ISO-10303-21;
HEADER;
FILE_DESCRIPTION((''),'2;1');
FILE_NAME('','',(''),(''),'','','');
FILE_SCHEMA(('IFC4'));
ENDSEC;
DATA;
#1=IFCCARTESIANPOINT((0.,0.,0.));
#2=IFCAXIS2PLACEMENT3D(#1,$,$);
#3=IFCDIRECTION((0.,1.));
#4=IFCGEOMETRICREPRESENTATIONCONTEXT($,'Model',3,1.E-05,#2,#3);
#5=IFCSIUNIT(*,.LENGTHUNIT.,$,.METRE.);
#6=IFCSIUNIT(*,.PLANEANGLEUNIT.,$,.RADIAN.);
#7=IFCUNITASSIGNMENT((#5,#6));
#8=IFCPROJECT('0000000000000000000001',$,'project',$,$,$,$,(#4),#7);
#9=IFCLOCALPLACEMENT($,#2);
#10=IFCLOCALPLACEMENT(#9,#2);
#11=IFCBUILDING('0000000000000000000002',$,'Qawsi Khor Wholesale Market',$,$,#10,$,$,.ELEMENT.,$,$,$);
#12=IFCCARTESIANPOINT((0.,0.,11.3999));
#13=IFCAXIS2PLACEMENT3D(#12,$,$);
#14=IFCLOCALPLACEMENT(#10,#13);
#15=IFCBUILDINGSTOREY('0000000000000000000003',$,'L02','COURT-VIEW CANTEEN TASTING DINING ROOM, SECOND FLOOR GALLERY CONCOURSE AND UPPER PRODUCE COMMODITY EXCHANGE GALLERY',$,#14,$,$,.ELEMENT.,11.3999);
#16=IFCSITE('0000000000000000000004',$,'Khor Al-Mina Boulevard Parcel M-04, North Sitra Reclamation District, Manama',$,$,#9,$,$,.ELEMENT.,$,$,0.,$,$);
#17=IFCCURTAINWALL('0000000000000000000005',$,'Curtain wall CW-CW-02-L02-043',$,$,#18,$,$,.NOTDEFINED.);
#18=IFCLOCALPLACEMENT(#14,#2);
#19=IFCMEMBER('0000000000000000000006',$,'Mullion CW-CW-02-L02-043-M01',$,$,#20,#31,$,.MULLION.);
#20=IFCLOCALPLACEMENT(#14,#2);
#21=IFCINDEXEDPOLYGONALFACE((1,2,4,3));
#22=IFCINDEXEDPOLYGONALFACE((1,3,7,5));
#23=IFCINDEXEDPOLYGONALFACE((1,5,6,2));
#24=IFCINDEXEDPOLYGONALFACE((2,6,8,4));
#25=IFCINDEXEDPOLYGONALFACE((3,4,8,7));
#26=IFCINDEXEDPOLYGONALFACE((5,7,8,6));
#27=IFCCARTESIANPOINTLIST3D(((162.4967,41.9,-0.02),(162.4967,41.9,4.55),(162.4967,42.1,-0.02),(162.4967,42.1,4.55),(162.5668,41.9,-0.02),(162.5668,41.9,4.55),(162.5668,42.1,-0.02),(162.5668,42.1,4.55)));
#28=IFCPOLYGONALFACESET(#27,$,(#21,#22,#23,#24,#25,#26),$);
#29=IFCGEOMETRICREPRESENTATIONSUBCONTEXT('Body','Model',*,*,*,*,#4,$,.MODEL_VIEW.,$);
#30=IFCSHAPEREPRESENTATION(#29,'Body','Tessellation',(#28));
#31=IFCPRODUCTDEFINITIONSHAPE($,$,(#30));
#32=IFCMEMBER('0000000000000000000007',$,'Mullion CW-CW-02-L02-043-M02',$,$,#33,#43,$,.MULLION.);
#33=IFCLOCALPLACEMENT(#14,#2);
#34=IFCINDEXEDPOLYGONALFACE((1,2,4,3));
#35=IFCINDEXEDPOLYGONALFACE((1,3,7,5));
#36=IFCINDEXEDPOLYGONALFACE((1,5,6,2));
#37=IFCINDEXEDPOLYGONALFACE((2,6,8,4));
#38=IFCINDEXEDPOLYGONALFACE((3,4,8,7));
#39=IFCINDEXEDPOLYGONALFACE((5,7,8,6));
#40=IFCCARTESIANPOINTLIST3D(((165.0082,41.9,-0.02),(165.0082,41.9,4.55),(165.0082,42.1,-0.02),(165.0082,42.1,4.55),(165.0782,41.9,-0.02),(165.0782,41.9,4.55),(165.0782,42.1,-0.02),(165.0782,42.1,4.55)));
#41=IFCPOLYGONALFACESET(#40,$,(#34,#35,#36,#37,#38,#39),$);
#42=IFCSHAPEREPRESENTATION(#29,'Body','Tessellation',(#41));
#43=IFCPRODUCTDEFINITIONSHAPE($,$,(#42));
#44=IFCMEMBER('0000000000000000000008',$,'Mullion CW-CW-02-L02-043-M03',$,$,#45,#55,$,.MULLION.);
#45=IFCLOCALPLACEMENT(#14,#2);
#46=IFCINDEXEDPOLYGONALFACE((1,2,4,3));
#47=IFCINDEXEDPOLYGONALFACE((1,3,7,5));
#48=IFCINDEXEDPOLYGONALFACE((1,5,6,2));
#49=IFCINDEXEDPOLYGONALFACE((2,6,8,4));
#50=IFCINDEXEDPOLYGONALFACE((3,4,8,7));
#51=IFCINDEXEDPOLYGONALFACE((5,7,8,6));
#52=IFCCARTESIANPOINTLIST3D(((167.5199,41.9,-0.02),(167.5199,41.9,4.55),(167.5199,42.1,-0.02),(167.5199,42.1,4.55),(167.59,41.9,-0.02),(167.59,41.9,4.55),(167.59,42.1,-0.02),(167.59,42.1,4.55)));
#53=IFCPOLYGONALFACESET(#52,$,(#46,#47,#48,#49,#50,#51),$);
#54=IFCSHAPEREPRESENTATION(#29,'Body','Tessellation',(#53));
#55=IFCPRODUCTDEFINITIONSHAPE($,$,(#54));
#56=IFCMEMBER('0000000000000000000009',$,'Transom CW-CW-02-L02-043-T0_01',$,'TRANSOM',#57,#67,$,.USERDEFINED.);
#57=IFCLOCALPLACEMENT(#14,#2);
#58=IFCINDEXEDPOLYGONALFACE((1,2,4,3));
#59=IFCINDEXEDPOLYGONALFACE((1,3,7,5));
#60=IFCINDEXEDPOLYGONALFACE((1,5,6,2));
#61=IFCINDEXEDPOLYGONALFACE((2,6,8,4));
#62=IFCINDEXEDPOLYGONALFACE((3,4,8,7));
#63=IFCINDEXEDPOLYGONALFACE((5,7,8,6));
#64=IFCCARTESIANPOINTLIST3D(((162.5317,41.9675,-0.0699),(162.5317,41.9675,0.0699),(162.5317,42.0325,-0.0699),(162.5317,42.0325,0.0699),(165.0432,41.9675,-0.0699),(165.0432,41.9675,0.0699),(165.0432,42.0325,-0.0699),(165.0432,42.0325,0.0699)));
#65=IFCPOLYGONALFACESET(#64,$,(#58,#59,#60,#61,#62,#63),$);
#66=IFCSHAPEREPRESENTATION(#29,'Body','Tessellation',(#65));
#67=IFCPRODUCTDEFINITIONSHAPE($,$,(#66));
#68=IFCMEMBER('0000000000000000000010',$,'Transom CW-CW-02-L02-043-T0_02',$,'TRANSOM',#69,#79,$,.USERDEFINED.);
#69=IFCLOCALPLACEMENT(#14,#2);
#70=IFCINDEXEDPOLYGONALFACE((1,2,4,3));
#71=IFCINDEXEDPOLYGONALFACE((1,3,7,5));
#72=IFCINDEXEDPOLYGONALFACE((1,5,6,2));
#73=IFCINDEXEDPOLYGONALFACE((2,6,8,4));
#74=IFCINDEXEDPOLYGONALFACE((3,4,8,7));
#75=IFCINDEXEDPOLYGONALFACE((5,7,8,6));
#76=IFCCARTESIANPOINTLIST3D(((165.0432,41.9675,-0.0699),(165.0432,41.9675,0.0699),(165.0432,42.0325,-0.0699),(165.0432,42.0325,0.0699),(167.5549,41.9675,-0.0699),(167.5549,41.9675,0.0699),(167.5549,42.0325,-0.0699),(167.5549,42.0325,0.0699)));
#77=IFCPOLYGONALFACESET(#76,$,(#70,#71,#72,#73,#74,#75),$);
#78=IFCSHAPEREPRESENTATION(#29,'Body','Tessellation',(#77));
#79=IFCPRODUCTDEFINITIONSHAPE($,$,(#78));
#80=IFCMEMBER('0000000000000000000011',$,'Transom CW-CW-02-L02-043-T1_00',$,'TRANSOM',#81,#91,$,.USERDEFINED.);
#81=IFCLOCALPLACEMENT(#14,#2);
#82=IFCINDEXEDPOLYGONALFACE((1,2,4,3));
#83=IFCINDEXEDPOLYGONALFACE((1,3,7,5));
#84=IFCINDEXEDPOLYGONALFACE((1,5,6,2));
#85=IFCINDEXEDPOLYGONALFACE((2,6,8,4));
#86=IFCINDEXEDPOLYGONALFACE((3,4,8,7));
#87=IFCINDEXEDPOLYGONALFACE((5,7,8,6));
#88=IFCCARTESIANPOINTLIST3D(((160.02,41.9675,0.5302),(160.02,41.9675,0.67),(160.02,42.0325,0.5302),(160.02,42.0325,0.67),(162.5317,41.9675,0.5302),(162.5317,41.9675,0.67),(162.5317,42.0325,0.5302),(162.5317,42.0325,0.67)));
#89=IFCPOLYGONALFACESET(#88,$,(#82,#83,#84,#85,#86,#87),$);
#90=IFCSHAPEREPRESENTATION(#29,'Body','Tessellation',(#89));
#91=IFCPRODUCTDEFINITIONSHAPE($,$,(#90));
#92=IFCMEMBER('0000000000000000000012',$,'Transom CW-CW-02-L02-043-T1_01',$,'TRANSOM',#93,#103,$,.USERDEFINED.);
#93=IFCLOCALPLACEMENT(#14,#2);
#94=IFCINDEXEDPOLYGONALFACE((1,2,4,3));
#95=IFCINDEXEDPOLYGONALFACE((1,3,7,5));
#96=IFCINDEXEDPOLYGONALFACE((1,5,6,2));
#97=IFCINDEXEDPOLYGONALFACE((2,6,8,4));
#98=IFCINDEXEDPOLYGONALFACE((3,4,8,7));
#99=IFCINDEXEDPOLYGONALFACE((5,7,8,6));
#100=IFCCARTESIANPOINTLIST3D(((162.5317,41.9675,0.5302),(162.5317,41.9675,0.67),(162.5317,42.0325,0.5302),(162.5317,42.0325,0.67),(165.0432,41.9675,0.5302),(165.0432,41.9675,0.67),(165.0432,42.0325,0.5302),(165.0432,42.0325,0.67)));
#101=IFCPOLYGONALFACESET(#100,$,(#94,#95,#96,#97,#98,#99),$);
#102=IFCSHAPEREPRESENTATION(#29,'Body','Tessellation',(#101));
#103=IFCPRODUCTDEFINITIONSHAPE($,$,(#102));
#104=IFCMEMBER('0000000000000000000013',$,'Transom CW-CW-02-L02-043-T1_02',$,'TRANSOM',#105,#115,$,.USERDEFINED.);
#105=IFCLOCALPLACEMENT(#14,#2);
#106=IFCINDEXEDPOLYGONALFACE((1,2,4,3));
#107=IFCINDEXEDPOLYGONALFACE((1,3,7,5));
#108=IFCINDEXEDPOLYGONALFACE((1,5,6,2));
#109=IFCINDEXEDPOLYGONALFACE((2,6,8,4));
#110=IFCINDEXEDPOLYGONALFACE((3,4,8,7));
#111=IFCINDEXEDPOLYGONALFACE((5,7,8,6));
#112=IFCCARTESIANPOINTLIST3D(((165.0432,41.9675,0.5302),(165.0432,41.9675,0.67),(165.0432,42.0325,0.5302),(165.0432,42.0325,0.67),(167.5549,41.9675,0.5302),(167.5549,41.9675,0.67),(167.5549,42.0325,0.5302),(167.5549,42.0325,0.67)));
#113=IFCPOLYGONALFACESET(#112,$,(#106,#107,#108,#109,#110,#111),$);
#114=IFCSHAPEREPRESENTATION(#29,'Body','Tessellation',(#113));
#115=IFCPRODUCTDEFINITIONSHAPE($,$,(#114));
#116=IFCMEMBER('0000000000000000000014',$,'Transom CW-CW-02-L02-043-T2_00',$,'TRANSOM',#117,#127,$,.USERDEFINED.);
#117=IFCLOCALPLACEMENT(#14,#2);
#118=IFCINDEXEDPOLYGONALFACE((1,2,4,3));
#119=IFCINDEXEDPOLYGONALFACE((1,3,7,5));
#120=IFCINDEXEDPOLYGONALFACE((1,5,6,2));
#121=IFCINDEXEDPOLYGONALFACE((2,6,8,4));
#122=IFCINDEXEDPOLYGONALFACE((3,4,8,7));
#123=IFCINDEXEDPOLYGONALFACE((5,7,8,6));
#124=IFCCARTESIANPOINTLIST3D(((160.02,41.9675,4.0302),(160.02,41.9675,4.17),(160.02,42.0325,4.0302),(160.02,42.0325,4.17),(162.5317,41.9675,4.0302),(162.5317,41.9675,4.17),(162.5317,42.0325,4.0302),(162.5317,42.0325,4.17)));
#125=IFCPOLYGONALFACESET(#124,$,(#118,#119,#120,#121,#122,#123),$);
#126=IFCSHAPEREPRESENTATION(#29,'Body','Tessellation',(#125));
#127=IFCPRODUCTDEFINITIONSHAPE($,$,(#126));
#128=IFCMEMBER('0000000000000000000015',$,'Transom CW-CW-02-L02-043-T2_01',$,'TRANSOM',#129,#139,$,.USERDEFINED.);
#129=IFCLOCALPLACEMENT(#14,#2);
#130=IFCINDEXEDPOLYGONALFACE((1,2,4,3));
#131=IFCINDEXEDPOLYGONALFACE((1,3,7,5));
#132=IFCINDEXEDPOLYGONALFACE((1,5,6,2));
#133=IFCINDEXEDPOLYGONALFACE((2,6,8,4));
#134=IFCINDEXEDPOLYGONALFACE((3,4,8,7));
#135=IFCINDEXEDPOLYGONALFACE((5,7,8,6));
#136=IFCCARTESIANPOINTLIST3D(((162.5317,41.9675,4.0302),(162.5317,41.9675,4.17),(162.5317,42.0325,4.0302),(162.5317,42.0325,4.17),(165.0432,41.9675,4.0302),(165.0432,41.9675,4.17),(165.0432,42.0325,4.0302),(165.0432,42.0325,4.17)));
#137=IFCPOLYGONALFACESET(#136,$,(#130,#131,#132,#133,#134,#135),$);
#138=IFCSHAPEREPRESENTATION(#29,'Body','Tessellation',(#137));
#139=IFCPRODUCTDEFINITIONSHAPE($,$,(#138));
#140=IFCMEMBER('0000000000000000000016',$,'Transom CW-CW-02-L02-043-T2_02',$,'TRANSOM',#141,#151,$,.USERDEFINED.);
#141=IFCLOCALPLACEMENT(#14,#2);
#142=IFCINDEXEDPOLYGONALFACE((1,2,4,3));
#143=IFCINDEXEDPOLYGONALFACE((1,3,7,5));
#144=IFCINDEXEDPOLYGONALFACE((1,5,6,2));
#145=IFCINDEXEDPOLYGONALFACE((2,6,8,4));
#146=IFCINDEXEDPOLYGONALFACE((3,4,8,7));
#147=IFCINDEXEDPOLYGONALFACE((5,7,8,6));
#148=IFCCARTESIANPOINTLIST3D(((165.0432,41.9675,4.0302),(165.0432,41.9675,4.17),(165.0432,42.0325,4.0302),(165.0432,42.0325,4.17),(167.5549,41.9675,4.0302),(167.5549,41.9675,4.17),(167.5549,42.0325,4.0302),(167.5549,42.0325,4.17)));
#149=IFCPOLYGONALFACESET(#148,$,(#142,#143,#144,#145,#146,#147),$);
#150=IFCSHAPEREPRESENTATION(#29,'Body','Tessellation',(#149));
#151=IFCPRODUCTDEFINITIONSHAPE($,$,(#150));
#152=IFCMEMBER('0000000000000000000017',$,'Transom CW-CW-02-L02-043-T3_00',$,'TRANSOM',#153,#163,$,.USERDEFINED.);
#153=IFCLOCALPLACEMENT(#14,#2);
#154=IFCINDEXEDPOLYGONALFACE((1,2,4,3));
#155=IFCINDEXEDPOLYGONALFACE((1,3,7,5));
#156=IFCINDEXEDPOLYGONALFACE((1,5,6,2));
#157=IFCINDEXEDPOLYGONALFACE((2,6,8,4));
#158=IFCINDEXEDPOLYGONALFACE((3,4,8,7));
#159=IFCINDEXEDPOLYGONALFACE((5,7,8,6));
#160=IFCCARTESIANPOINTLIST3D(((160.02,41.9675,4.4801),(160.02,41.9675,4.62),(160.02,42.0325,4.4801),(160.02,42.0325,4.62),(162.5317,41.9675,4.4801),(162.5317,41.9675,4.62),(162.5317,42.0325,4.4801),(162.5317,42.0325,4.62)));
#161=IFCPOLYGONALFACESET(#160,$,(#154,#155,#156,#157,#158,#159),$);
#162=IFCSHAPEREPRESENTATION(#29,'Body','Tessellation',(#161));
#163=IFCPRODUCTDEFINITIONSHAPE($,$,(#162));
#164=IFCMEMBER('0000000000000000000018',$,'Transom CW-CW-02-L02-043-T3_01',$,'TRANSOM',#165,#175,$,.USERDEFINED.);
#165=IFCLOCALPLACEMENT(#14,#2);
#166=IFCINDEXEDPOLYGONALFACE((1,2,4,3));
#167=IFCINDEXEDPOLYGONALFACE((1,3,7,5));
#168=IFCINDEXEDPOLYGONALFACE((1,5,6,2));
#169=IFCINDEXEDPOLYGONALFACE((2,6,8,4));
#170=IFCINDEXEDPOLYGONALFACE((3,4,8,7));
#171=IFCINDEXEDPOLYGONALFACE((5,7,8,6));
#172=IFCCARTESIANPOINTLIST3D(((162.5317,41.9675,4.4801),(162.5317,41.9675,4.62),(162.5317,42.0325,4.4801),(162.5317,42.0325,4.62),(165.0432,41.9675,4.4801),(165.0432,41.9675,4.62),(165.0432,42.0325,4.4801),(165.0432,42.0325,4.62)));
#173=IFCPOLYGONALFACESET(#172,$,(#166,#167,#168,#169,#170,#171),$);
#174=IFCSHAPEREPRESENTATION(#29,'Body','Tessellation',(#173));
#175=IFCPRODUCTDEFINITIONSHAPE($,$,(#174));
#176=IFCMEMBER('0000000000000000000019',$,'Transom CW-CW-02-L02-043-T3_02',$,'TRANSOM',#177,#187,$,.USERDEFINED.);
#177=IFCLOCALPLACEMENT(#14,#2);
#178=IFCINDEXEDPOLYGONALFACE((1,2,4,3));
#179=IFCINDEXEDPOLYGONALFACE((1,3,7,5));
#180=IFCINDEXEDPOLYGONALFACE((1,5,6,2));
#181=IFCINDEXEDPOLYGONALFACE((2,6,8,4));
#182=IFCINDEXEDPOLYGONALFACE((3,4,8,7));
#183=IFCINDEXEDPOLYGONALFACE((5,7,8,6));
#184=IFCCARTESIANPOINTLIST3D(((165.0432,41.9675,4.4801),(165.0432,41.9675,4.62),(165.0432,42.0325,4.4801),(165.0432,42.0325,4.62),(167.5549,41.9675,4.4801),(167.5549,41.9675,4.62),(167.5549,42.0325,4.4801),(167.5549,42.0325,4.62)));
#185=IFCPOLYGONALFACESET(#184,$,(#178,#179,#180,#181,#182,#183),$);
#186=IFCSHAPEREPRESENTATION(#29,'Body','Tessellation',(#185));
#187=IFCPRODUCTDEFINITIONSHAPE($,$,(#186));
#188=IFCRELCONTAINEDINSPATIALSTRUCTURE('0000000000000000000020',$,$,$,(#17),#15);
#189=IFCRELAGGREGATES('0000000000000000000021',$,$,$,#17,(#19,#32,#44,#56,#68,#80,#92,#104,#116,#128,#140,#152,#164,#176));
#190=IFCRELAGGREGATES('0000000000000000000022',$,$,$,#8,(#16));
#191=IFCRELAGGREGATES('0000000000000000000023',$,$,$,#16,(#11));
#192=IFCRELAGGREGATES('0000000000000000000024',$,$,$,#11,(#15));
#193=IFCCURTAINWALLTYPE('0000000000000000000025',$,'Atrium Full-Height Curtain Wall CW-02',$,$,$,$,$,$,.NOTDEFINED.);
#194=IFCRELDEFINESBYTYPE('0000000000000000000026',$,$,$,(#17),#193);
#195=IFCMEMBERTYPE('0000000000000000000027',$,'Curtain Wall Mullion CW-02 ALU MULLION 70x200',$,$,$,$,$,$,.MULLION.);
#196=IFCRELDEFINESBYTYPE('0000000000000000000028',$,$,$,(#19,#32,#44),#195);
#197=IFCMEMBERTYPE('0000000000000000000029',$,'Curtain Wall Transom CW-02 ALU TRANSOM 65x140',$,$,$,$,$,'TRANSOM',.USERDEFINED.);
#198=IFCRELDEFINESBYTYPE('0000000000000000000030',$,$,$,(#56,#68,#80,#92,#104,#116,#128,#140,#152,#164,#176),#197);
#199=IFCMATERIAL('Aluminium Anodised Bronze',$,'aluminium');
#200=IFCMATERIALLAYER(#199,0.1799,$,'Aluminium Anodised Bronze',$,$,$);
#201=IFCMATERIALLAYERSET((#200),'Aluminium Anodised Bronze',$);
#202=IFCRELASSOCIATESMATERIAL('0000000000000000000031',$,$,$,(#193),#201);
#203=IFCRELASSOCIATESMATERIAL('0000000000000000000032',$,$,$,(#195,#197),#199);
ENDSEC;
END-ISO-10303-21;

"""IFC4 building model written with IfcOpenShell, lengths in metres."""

from ifc_helpers import new_model, si_unit, direction, frame, origin, origin_2d, place, context, subcontext, project, spatial, rectangle, extrude, material, layer, layer_set, material_profile, profile_set, type_object, element, aggregate, save


model = new_model("IFC4")

# Units and contexts
model_context = context("Model", 3, precision=1e-05, world=origin(), true_north=direction((0.0, 1.0)))
body_context = subcontext(model_context, "Body", "Model", "MODEL_VIEW")
ifc_project = project(units=[si_unit("LENGTHUNIT", "METRE"), si_unit("PLANEANGLEUNIT", "RADIAN")], contexts=[model_context])

# Site, building, storey
site_placement = place(None, origin())
site = spatial("IfcSite", under=ifc_project, at=site_placement, Name="Khor Al-Mina Boulevard Parcel M-04, North Sitra Reclamation District, Manama", CompositionType="ELEMENT", RefElevation=0.0)
building_placement = place(site_placement, origin())
building = spatial("IfcBuilding", under=site, at=building_placement, Name="Qawsi Khor Wholesale Market", CompositionType="ELEMENT")
storey_placement = place(building_placement, frame((0.0, 0.0, 11.3999)))
storey = spatial("IfcBuildingStorey", under=building, at=storey_placement, Name="L02", Description="COURT-VIEW CANTEEN TASTING DINING ROOM, SECOND FLOOR GALLERY CONCOURSE AND UPPER PRODUCE COMMODITY EXCHANGE GALLERY", CompositionType="ELEMENT", Elevation=11.3999)

# Curtain wall, members
ifc_material_1 = material(Name="Aluminium Anodised Bronze", Category="aluminium")
ifc_layer_1 = layer(ifc_material_1, 0.1799, Name="Aluminium Anodised Bronze")
ifc_layer_set_1 = layer_set([ifc_layer_1], Name="Aluminium Anodised Bronze")
curtain_wall_type = type_object("IfcCurtainWallType", Name="Atrium Full-Height Curtain Wall CW-02", PredefinedType="NOTDEFINED", material=ifc_layer_set_1)
curtain_wall_placement = place(storey_placement, origin())
curtain_wall = element("IfcCurtainWall", 1, at=curtain_wall_placement, inside=storey, type_object=curtain_wall_type, Name="Curtain wall CW-CW-02-L02-043", PredefinedType="NOTDEFINED")
ifc_material_profile_1 = material_profile(ifc_material_1, rectangle(XDim=0.0701, YDim=0.2, at=origin_2d()), Name="ALU MULLION 70x200")
ifc_profile_set_1 = profile_set([ifc_material_profile_1], Name="Aluminium Anodised Bronze")
member_type_1 = type_object("IfcMemberType", Name="Curtain Wall Mullion CW-02 ALU MULLION 70x200", PredefinedType="MULLION", material=ifc_profile_set_1)
member_1_placement = place(storey_placement, frame((162.5317, 42.0, -0.02), z_axis=(0.0, 0.0, 1.0), x_axis=(1.0, 0.0, 0.0)))
member_1 = element("IfcMember", 2, at=member_1_placement, type_object=member_type_1, Name="Mullion CW-CW-02-L02-043-M01", PredefinedType="MULLION", context=body_context, shape_type="SweptSolid", body=[
    extrude(rectangle(XDim=0.0701, YDim=0.2, at=origin_2d()), origin(), (0.0, 0.0, 1.0), 4.5701),
])
member_2_placement = place(storey_placement, frame((165.0432, 42.0, -0.02), z_axis=(0.0, 0.0, 1.0), x_axis=(1.0, 0.0, 0.0)))
member_2 = element("IfcMember", 3, at=member_2_placement, type_object=member_type_1, Name="Mullion CW-CW-02-L02-043-M02", PredefinedType="MULLION", context=body_context, shape_type="SweptSolid", body=[
    extrude(rectangle(XDim=0.0701, YDim=0.2, at=origin_2d()), origin(), (0.0, 0.0, 1.0), 4.5701),
])
member_3_placement = place(storey_placement, frame((167.5549, 42.0, -0.02), z_axis=(0.0, 0.0, 1.0), x_axis=(1.0, 0.0, 0.0)))
member_3 = element("IfcMember", 4, at=member_3_placement, type_object=member_type_1, Name="Mullion CW-CW-02-L02-043-M03", PredefinedType="MULLION", context=body_context, shape_type="SweptSolid", body=[
    extrude(rectangle(XDim=0.0701, YDim=0.2, at=origin_2d()), origin(), (0.0, 0.0, 1.0), 4.5701),
])
ifc_material_profile_2 = material_profile(ifc_material_1, rectangle(XDim=0.0649, YDim=0.1399, at=origin_2d()), Name="ALU TRANSOM 65x140")
ifc_profile_set_2 = profile_set([ifc_material_profile_2], Name="Aluminium Anodised Bronze")
member_type_2 = type_object("IfcMemberType", Name="Curtain Wall Transom CW-02 ALU TRANSOM 65x140", ElementType="TRANSOM", PredefinedType="USERDEFINED", material=ifc_profile_set_2)
member_4_placement = place(storey_placement, frame((162.5317, 42.0, 0.0), z_axis=(1.0, 0.0, 0.0), x_axis=(0.0, 1.0, 0.0)))
member_4 = element("IfcMember", 5, at=member_4_placement, type_object=member_type_2, Name="Transom CW-CW-02-L02-043-T0_01", ObjectType="TRANSOM", PredefinedType="USERDEFINED", context=body_context, shape_type="SweptSolid", body=[
    extrude(rectangle(XDim=0.0649, YDim=0.1399, at=origin_2d()), origin(), (0.0, 0.0, 1.0), 2.5115),
])
member_5_placement = place(storey_placement, frame((165.0432, 42.0, 0.0), z_axis=(1.0, 0.0, 0.0), x_axis=(0.0, 1.0, 0.0)))
member_5 = element("IfcMember", 6, at=member_5_placement, type_object=member_type_2, Name="Transom CW-CW-02-L02-043-T0_02", ObjectType="TRANSOM", PredefinedType="USERDEFINED", context=body_context, shape_type="SweptSolid", body=[
    extrude(rectangle(XDim=0.0649, YDim=0.1399, at=origin_2d()), origin(), (0.0, 0.0, 1.0), 2.5117),
])
member_6_placement = place(storey_placement, frame((160.02, 42.0, 0.6001), z_axis=(1.0, 0.0, 0.0), x_axis=(0.0, 1.0, 0.0)))
member_6 = element("IfcMember", 7, at=member_6_placement, type_object=member_type_2, Name="Transom CW-CW-02-L02-043-T1_00", ObjectType="TRANSOM", PredefinedType="USERDEFINED", context=body_context, shape_type="SweptSolid", body=[
    extrude(rectangle(XDim=0.0649, YDim=0.1399, at=origin_2d()), origin(), (0.0, 0.0, 1.0), 2.5117),
])
member_7_placement = place(storey_placement, frame((162.5317, 42.0, 0.6001), z_axis=(1.0, 0.0, 0.0), x_axis=(0.0, 1.0, 0.0)))
member_7 = element("IfcMember", 8, at=member_7_placement, type_object=member_type_2, Name="Transom CW-CW-02-L02-043-T1_01", ObjectType="TRANSOM", PredefinedType="USERDEFINED", context=body_context, shape_type="SweptSolid", body=[
    extrude(rectangle(XDim=0.0649, YDim=0.1399, at=origin_2d()), origin(), (0.0, 0.0, 1.0), 2.5115),
])
member_8_placement = place(storey_placement, frame((165.0432, 42.0, 0.6001), z_axis=(1.0, 0.0, 0.0), x_axis=(0.0, 1.0, 0.0)))
member_8 = element("IfcMember", 9, at=member_8_placement, type_object=member_type_2, Name="Transom CW-CW-02-L02-043-T1_02", ObjectType="TRANSOM", PredefinedType="USERDEFINED", context=body_context, shape_type="SweptSolid", body=[
    extrude(rectangle(XDim=0.0649, YDim=0.1399, at=origin_2d()), origin(), (0.0, 0.0, 1.0), 2.5117),
])
member_9_placement = place(storey_placement, frame((160.02, 42.0, 4.1001), z_axis=(1.0, 0.0, 0.0), x_axis=(0.0, 1.0, 0.0)))
member_9 = element("IfcMember", 10, at=member_9_placement, type_object=member_type_2, Name="Transom CW-CW-02-L02-043-T2_00", ObjectType="TRANSOM", PredefinedType="USERDEFINED", context=body_context, shape_type="SweptSolid", body=[
    extrude(rectangle(XDim=0.0649, YDim=0.1399, at=origin_2d()), origin(), (0.0, 0.0, 1.0), 2.5117),
])
member_10_placement = place(storey_placement, frame((162.5317, 42.0, 4.1001), z_axis=(1.0, 0.0, 0.0), x_axis=(0.0, 1.0, 0.0)))
member_10 = element("IfcMember", 11, at=member_10_placement, type_object=member_type_2, Name="Transom CW-CW-02-L02-043-T2_01", ObjectType="TRANSOM", PredefinedType="USERDEFINED", context=body_context, shape_type="SweptSolid", body=[
    extrude(rectangle(XDim=0.0649, YDim=0.1399, at=origin_2d()), origin(), (0.0, 0.0, 1.0), 2.5115),
])
member_11_placement = place(storey_placement, frame((165.0432, 42.0, 4.1001), z_axis=(1.0, 0.0, 0.0), x_axis=(0.0, 1.0, 0.0)))
member_11 = element("IfcMember", 12, at=member_11_placement, type_object=member_type_2, Name="Transom CW-CW-02-L02-043-T2_02", ObjectType="TRANSOM", PredefinedType="USERDEFINED", context=body_context, shape_type="SweptSolid", body=[
    extrude(rectangle(XDim=0.0649, YDim=0.1399, at=origin_2d()), origin(), (0.0, 0.0, 1.0), 2.5117),
])
member_12_placement = place(storey_placement, frame((160.02, 42.0, 4.55), z_axis=(1.0, 0.0, 0.0), x_axis=(0.0, 1.0, 0.0)))
member_12 = element("IfcMember", 13, at=member_12_placement, type_object=member_type_2, Name="Transom CW-CW-02-L02-043-T3_00", ObjectType="TRANSOM", PredefinedType="USERDEFINED", context=body_context, shape_type="SweptSolid", body=[
    extrude(rectangle(XDim=0.0649, YDim=0.1399, at=origin_2d()), origin(), (0.0, 0.0, 1.0), 2.5117),
])
member_13_placement = place(storey_placement, frame((162.5317, 42.0, 4.55), z_axis=(1.0, 0.0, 0.0), x_axis=(0.0, 1.0, 0.0)))
member_13 = element("IfcMember", 14, at=member_13_placement, type_object=member_type_2, Name="Transom CW-CW-02-L02-043-T3_01", ObjectType="TRANSOM", PredefinedType="USERDEFINED", context=body_context, shape_type="SweptSolid", body=[
    extrude(rectangle(XDim=0.0649, YDim=0.1399, at=origin_2d()), origin(), (0.0, 0.0, 1.0), 2.5115),
])
member_14_placement = place(storey_placement, frame((165.0432, 42.0, 4.55), z_axis=(1.0, 0.0, 0.0), x_axis=(0.0, 1.0, 0.0)))
member_14 = element("IfcMember", 15, at=member_14_placement, type_object=member_type_2, Name="Transom CW-CW-02-L02-043-T3_02", ObjectType="TRANSOM", PredefinedType="USERDEFINED", context=body_context, shape_type="SweptSolid", body=[
    extrude(rectangle(XDim=0.0649, YDim=0.1399, at=origin_2d()), origin(), (0.0, 0.0, 1.0), 2.5117),
])
aggregate(curtain_wall, [member_1, member_2, member_3, member_4, member_5, member_6, member_7, member_8, member_9, member_10, member_11, member_12, member_13, member_14])

save(model, "model.ifc")
